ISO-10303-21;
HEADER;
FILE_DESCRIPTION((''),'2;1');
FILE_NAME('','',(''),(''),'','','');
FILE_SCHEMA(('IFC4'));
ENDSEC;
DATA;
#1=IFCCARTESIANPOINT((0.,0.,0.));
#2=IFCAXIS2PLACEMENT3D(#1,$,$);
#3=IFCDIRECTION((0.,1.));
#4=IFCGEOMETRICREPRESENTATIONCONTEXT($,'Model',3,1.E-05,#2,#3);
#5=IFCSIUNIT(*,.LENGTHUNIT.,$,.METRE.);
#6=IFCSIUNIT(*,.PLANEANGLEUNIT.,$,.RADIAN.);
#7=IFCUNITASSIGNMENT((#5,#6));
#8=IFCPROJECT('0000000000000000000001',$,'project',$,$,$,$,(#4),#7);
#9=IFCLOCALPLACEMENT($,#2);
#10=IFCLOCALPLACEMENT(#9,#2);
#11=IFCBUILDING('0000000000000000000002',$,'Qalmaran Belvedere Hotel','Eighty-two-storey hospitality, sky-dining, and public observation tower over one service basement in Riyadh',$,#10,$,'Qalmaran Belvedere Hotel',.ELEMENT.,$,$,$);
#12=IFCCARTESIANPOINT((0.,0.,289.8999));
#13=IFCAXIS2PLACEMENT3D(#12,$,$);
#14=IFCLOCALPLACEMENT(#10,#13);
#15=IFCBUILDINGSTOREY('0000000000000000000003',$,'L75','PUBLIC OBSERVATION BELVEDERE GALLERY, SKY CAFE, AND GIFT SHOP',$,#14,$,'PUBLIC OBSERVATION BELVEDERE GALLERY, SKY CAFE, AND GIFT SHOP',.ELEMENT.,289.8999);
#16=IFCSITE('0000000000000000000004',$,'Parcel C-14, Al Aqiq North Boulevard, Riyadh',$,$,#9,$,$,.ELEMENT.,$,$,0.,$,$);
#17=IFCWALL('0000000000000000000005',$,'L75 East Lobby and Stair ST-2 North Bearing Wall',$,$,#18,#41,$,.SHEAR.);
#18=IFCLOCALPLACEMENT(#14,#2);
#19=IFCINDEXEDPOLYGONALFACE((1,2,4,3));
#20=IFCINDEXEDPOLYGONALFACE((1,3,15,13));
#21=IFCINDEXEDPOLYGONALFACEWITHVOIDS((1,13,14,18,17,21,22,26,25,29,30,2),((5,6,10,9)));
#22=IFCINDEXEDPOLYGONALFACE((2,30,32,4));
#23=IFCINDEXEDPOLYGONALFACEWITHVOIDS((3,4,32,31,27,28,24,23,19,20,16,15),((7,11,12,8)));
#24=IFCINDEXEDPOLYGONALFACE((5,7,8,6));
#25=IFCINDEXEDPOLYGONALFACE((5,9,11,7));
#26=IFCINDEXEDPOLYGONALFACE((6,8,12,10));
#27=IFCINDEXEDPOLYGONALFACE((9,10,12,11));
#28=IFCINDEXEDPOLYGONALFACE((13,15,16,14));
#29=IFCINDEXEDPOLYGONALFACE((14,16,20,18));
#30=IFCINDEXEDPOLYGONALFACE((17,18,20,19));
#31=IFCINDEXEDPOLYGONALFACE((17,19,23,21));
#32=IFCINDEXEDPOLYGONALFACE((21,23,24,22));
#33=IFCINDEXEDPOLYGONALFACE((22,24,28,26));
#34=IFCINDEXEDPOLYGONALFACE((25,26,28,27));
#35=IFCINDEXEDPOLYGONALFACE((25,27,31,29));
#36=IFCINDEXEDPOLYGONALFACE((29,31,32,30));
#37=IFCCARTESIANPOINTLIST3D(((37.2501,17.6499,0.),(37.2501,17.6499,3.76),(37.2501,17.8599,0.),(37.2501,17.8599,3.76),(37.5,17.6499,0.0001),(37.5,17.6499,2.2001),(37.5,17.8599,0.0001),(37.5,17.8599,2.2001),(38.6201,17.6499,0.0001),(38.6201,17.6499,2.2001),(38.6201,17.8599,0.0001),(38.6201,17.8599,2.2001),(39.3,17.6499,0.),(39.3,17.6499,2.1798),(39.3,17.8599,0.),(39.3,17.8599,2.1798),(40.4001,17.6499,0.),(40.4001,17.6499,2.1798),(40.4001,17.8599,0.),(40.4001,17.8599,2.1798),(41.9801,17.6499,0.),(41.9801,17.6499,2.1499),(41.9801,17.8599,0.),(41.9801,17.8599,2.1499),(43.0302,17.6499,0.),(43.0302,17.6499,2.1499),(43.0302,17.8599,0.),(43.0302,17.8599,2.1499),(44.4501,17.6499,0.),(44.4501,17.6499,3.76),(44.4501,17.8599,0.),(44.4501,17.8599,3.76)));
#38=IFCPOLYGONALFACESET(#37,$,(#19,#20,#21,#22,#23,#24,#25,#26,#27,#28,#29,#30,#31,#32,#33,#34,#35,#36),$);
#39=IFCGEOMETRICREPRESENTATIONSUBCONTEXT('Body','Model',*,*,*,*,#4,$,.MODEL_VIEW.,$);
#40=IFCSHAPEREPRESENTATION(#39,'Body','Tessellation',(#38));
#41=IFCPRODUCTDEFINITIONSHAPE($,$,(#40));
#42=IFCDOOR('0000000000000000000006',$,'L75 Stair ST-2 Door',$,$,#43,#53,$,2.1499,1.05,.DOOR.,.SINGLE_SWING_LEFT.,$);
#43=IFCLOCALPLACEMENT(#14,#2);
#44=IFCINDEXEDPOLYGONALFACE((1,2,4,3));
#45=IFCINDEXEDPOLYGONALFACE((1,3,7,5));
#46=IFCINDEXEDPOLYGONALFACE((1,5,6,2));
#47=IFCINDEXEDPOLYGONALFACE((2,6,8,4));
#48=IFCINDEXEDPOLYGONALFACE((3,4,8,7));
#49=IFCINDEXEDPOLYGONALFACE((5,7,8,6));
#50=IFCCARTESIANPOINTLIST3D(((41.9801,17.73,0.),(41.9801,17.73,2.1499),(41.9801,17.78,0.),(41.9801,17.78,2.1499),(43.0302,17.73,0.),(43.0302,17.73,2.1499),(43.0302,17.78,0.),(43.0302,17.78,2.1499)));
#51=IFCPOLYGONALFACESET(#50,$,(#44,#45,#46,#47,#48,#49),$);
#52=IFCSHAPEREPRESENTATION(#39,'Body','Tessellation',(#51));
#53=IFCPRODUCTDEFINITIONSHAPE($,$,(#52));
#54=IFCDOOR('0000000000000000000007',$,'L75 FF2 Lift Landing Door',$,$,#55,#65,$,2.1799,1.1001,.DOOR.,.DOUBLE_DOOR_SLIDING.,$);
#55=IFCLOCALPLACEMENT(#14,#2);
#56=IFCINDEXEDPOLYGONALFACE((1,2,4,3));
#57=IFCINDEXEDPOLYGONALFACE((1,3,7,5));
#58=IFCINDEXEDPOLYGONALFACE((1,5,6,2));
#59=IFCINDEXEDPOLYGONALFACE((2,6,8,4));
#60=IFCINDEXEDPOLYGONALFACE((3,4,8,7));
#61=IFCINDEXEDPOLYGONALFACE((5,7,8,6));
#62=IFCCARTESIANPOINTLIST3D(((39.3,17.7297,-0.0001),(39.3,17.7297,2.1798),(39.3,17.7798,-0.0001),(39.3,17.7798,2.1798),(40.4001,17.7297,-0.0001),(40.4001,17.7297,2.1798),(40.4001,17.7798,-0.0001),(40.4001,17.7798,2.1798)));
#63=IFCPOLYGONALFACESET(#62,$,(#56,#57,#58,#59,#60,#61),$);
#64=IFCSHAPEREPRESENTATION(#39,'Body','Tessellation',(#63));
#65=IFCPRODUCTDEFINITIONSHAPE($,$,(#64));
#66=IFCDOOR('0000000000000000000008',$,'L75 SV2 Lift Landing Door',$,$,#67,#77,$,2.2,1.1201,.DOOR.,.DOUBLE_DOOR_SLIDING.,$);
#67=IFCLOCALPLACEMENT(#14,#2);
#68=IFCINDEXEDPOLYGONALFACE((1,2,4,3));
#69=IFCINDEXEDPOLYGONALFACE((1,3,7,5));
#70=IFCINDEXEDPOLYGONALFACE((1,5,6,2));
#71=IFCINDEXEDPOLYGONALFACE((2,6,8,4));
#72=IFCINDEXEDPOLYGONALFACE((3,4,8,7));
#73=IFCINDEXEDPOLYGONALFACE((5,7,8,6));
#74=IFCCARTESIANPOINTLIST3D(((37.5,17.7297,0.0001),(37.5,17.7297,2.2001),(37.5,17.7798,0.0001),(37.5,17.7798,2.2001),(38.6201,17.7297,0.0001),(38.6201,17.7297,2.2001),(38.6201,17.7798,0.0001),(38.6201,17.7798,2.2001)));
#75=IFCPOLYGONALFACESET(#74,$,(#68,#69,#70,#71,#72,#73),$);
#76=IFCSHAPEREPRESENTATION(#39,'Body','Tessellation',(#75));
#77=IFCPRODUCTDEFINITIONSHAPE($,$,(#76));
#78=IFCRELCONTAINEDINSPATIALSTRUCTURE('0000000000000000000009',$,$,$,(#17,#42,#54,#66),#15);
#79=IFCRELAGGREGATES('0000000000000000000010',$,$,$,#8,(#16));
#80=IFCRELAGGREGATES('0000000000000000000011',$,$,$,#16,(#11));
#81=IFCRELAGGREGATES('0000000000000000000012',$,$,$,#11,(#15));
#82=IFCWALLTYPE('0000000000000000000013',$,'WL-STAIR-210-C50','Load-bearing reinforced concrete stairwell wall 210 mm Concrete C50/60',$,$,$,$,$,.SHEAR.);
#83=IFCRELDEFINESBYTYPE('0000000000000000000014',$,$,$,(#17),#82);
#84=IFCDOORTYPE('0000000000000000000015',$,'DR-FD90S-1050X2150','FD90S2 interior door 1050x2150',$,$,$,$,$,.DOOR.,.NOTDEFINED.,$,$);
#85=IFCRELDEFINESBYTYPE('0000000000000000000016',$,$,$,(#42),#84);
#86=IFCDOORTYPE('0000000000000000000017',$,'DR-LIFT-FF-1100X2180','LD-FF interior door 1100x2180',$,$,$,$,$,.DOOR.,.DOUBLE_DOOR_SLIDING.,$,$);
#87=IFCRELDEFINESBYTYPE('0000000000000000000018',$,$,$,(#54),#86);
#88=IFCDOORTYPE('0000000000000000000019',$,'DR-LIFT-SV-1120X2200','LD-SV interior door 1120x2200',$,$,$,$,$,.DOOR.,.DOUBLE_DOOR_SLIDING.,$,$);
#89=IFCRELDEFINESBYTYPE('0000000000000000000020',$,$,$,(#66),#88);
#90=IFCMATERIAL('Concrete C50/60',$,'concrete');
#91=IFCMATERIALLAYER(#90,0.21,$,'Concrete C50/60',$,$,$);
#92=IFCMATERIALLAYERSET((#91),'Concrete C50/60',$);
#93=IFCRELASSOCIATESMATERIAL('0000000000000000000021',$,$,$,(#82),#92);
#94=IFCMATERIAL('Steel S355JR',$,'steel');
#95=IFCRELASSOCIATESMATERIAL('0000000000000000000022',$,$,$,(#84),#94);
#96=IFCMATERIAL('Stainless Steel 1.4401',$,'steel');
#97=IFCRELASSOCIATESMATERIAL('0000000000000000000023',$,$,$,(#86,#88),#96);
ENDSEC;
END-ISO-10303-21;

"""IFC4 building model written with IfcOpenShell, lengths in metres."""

from ifc_helpers import new_model, si_unit, direction, frame, frame_2d, origin, place, context, subcontext, project, spatial, rectangle, extrude, material, layer, layer_set, type_object, element, fill, save


model = new_model("IFC4")

# Units and contexts
model_context = context("Model", 3, precision=1e-05, world=origin(), true_north=direction((0.0, 1.0)))
body_context = subcontext(model_context, "Body", "Model", "MODEL_VIEW")
ifc_project = project(units=[si_unit("LENGTHUNIT", "METRE"), si_unit("PLANEANGLEUNIT", "RADIAN")], contexts=[model_context])

# Site, building, storey
site_placement = place(None, origin())
site = spatial("IfcSite", under=ifc_project, at=site_placement, Name="Parcel C-14, Al Aqiq North Boulevard, Riyadh", CompositionType="ELEMENT", RefElevation=0.0)
building_placement = place(site_placement, origin())
building = spatial("IfcBuilding", under=site, at=building_placement, Name="Qalmaran Belvedere Hotel", Description="Eighty-two-storey hospitality, sky-dining, and public observation tower over one service basement in Riyadh", LongName="Qalmaran Belvedere Hotel", CompositionType="ELEMENT")
storey_placement = place(building_placement, frame((0.0, 0.0, 289.8999)))
storey = spatial("IfcBuildingStorey", under=building, at=storey_placement, Name="L75", Description="PUBLIC OBSERVATION BELVEDERE GALLERY, SKY CAFE, AND GIFT SHOP", LongName="PUBLIC OBSERVATION BELVEDERE GALLERY, SKY CAFE, AND GIFT SHOP", CompositionType="ELEMENT", Elevation=289.8999)

# Shared definitions
ifc_material_1 = material(Name="Concrete C50/60", Category="concrete")

# Shared definitions
ifc_material_2 = material(Name="Steel S355JR", Category="steel")

# Wall, openings, doors
ifc_layer_1 = layer(ifc_material_1, 0.21, Name="Concrete C50/60")
ifc_layer_set_1 = layer_set([ifc_layer_1], Name="Concrete C50/60")
wall_type_1 = type_object("IfcWallType", Name="WL-STAIR-210-C50", Description="Load-bearing reinforced concrete stairwell wall 210 mm Concrete C50/60", PredefinedType="SHEAR", material=ifc_layer_set_1)
wall_1_placement = place(storey_placement, frame((37.25, 17.7549, 0.0), z_axis=(0.0, 0.0, 1.0), x_axis=(1.0, 0.0, 0.0)))
wall_1 = element("IfcWall", 1, at=wall_1_placement, inside=storey, type_object=wall_type_1, Name="L75 East Lobby and Stair ST-2 North Bearing Wall", PredefinedType="SHEAR", context=body_context, shape_type="SweptSolid", body=[
    extrude(rectangle(XDim=7.2, YDim=0.21, at=frame_2d((3.6001, 0.0))), origin(), (0.0, 0.0, 1.0), 3.76),
])
opening_1_placement = place(wall_1_placement, frame((0.25, 0.0, 0.0)))
opening_1 = element("IfcOpeningElement", 2, at=opening_1_placement, cuts=wall_1, PredefinedType="OPENING", context=body_context, shape_type="SweptSolid", body=[
    extrude(rectangle(XDim=1.1201, YDim=2.2, at=frame_2d((0.5601, 1.1001))), frame((0.0, 0.115, 0.0), z_axis=(0.0, -1.0, 0.0), x_axis=(1.0, 0.0, 0.0)), (0.0, 0.0, 1.0), 0.23),
])
opening_2_placement = place(wall_1_placement, frame((2.05, 0.0, 0.0)))
opening_2 = element("IfcOpeningElement", 3, at=opening_2_placement, cuts=wall_1, PredefinedType="OPENING", context=body_context, shape_type="SweptSolid", body=[
    extrude(rectangle(XDim=1.1001, YDim=2.1799, at=frame_2d((0.55, 1.0898))), frame((0.0, 0.115, 0.0), z_axis=(0.0, -1.0, 0.0), x_axis=(1.0, 0.0, 0.0)), (0.0, 0.0, 1.0), 0.23),
])
opening_3_placement = place(wall_1_placement, frame((5.78, 0.0, 0.0), z_axis=(0.0, 0.0, 1.0), x_axis=(-1.0, 0.0, 0.0)))
opening_3 = element("IfcOpeningElement", 4, at=opening_3_placement, cuts=wall_1, PredefinedType="OPENING", context=body_context, shape_type="SweptSolid", body=[
    extrude(rectangle(XDim=1.05, YDim=2.1499, at=frame_2d((0.5249, 1.075))), frame((0.0, 0.115, 0.0), z_axis=(0.0, -1.0, 0.0), x_axis=(1.0, 0.0, 0.0)), (0.0, 0.0, 1.0), 0.23),
])
door_type_1 = type_object("IfcDoorType", Name="DR-FD90S-1050X2150", Description="FD90S2 interior door 1050x2150", OperationType="NOTDEFINED", PredefinedType="DOOR", material=ifc_material_2)
door_1_placement = place(opening_3_placement, origin())
door_1 = element("IfcDoor", 5, at=door_1_placement, inside=storey, type_object=door_type_1, Name="L75 Stair ST-2 Door", OperationType="SINGLE_SWING_LEFT", OverallHeight=2.1499, OverallWidth=1.05, PredefinedType="DOOR", context=body_context, shape_type="SweptSolid", body=[
    extrude(rectangle(XDim=1.05, YDim=2.1499, at=frame_2d((0.5249, 1.075))), frame((0.0, 0.0249, 0.0), z_axis=(0.0, -1.0, 0.0), x_axis=(1.0, 0.0, 0.0)), (0.0, 0.0, 1.0), 0.05),
])
fill(opening_3, door_1)
ifc_material_3 = material(Name="Stainless Steel 1.4401", Category="steel")
door_type_2 = type_object("IfcDoorType", Name="DR-LIFT-FF-1100X2180", Description="LD-FF interior door 1100x2180", OperationType="DOUBLE_DOOR_SLIDING", PredefinedType="DOOR", material=ifc_material_3)
door_2_placement = place(opening_2_placement, origin())
door_2 = element("IfcDoor", 6, at=door_2_placement, inside=storey, type_object=door_type_2, Name="L75 FF2 Lift Landing Door", OperationType="DOUBLE_DOOR_SLIDING", OverallHeight=2.1799, OverallWidth=1.1001, PredefinedType="DOOR", context=body_context, shape_type="SweptSolid", body=[
    extrude(rectangle(XDim=1.1001, YDim=2.1799, at=frame_2d((0.55, 1.0898))), frame((0.0, 0.0249, 0.0), z_axis=(0.0, -1.0, 0.0), x_axis=(1.0, 0.0, 0.0)), (0.0, 0.0, 1.0), 0.05),
])
fill(opening_2, door_2)
door_type_3 = type_object("IfcDoorType", Name="DR-LIFT-SV-1120X2200", Description="LD-SV interior door 1120x2200", OperationType="DOUBLE_DOOR_SLIDING", PredefinedType="DOOR", material=ifc_material_3)
door_3_placement = place(opening_1_placement, origin())
door_3 = element("IfcDoor", 7, at=door_3_placement, inside=storey, type_object=door_type_3, Name="L75 SV2 Lift Landing Door", OperationType="DOUBLE_DOOR_SLIDING", OverallHeight=2.2, OverallWidth=1.1201, PredefinedType="DOOR", context=body_context, shape_type="SweptSolid", body=[
    extrude(rectangle(XDim=1.1201, YDim=2.2, at=frame_2d((0.5601, 1.1001))), frame((0.0, 0.0249, 0.0), z_axis=(0.0, -1.0, 0.0), x_axis=(1.0, 0.0, 0.0)), (0.0, 0.0, 1.0), 0.05),
])
fill(opening_1, door_3)

save(model, "model.ifc")
